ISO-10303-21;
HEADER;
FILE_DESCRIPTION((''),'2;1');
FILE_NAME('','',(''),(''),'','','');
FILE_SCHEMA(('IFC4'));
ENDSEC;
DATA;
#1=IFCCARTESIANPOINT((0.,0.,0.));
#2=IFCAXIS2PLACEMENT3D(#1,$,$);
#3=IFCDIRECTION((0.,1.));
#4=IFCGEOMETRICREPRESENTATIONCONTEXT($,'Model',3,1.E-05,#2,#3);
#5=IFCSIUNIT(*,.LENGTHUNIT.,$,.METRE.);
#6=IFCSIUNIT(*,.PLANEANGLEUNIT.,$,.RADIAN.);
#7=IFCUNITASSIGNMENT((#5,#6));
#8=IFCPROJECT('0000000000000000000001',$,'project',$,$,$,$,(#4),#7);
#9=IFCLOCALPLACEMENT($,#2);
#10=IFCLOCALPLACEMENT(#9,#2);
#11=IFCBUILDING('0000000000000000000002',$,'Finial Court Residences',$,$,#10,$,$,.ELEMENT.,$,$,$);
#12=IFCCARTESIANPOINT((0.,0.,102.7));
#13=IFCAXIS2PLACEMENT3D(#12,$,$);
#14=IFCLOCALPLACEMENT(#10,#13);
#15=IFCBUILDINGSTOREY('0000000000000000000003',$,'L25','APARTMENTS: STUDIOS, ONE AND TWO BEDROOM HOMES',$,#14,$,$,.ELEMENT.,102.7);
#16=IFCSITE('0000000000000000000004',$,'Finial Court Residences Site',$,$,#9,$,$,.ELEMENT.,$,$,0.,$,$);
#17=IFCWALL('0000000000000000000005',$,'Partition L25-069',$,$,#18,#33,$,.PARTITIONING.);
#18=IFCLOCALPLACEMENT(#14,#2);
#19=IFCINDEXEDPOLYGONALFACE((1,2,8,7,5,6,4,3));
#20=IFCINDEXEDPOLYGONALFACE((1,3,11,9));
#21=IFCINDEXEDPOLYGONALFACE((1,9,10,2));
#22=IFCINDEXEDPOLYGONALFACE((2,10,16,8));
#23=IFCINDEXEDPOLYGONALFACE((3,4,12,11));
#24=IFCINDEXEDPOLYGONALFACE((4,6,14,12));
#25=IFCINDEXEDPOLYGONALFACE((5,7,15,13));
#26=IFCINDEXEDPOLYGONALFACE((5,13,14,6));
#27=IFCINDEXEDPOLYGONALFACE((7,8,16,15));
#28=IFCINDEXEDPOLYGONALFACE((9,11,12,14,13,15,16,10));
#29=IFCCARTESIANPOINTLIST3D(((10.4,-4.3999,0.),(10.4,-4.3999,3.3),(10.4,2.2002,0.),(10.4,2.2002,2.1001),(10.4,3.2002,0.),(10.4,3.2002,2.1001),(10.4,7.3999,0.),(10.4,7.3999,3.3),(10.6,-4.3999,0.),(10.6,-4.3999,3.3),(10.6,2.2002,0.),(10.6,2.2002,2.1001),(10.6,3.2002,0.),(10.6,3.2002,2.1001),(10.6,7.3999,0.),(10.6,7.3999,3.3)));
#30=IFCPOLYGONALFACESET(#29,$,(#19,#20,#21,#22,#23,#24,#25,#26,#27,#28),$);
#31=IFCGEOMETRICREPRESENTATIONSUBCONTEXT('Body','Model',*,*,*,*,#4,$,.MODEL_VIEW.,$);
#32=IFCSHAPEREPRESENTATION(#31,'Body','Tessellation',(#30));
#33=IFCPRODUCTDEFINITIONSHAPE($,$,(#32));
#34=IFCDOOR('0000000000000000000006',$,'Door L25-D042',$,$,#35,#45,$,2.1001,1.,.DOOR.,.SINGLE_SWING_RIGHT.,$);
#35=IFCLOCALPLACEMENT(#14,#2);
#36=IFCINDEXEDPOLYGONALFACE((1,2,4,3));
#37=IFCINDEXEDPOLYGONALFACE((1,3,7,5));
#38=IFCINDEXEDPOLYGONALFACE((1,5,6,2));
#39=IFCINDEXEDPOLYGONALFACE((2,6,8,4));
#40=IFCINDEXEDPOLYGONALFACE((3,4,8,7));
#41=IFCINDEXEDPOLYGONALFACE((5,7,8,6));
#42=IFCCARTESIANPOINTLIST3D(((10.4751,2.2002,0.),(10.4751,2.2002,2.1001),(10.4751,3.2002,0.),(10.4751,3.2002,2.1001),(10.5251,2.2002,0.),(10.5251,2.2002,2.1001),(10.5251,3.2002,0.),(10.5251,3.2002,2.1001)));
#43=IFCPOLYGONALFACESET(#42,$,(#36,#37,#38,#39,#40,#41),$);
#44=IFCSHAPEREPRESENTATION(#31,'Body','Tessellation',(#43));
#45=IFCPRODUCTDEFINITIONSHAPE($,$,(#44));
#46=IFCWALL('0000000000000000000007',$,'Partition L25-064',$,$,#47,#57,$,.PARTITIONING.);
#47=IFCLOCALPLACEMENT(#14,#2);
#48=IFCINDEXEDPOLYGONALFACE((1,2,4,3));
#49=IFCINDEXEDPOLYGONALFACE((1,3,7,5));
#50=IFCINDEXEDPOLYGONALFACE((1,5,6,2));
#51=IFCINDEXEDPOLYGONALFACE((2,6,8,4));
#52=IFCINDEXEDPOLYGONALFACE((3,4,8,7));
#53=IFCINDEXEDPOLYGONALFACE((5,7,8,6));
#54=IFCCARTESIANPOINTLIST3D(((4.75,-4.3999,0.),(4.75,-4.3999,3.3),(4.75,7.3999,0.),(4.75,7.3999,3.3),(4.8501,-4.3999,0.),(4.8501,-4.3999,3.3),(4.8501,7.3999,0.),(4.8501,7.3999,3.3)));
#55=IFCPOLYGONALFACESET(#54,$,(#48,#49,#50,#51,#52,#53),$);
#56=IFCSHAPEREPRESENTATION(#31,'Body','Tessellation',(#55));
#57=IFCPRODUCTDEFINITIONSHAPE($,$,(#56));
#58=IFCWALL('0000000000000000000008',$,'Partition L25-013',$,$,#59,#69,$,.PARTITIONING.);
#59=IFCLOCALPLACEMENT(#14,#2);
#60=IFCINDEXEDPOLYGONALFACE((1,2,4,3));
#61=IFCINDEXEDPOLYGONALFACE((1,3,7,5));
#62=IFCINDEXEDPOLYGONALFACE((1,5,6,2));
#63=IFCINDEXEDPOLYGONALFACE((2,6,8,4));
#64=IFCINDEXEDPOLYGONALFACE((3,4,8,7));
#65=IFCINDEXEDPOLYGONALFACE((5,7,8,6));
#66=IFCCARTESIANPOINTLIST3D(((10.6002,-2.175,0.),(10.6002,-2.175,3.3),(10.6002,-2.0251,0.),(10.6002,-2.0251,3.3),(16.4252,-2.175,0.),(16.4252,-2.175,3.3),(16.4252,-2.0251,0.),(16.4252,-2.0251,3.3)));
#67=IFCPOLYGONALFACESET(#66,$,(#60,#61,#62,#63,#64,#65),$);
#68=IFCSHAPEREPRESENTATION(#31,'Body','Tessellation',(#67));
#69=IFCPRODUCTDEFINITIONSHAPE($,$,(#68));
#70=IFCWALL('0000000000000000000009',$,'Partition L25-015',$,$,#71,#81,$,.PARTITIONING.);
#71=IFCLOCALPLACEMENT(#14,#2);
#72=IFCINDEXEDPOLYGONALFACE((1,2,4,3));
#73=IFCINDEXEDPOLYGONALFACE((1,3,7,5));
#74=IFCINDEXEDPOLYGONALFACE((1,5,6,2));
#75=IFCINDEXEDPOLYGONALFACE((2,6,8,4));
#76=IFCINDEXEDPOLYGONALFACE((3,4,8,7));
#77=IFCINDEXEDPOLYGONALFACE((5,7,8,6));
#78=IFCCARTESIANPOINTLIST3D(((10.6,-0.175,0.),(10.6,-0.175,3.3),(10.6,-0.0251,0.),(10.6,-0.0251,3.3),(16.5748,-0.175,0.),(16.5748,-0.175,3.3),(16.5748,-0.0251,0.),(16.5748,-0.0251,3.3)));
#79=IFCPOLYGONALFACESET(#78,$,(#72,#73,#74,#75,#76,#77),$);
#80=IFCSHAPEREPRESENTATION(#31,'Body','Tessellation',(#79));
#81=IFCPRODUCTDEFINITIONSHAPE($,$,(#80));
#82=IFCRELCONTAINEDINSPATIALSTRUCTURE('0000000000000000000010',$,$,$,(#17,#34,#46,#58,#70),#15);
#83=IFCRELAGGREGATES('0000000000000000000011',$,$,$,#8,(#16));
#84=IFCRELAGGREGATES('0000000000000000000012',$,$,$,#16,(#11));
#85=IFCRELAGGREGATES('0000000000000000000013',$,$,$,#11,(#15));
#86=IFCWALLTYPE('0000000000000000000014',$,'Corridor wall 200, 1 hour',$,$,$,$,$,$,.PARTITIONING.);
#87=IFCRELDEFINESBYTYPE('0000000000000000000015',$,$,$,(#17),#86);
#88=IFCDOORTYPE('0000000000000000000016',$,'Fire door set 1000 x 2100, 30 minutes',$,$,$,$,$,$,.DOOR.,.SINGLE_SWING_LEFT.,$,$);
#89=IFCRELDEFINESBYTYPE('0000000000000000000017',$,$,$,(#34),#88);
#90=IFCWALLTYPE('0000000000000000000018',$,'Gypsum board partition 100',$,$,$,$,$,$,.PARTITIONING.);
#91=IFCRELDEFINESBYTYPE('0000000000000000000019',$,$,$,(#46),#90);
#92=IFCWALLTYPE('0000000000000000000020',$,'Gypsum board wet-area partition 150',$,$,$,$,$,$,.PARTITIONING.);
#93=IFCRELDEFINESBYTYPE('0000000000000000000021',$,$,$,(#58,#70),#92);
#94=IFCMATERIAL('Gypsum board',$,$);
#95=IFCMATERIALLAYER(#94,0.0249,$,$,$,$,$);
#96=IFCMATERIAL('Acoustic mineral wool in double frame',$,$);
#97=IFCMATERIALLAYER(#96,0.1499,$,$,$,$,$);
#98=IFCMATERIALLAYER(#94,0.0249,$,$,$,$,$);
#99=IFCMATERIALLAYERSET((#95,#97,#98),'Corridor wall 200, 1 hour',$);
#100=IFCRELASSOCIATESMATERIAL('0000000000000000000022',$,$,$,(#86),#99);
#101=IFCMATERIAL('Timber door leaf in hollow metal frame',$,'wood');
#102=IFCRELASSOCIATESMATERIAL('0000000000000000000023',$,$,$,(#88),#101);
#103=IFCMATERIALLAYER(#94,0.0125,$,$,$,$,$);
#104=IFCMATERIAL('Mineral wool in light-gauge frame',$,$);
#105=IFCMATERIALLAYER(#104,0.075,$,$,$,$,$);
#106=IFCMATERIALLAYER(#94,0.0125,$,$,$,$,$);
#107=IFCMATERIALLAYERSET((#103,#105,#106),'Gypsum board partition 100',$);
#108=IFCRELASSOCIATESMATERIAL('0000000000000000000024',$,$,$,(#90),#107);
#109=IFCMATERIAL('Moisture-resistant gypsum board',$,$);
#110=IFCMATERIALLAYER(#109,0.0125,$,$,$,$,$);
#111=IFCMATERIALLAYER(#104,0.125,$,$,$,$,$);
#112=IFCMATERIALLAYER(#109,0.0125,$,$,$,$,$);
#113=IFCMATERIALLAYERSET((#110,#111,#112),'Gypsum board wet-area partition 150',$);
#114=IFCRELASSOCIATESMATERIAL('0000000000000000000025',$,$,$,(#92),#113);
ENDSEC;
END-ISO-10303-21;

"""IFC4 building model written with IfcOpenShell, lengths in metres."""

from ifc_helpers import new_model, si_unit, direction, frame, frame_2d, origin, place, context, subcontext, project, spatial, rectangle, extrude, material, layer, layer_set, type_object, element, fill, save


model = new_model("IFC4")

# Units and contexts
model_context = context("Model", 3, precision=1e-05, world=origin(), true_north=direction((0.0, 1.0)))
body_context = subcontext(model_context, "Body", "Model", "MODEL_VIEW")
ifc_project = project(units=[si_unit("LENGTHUNIT", "METRE"), si_unit("PLANEANGLEUNIT", "RADIAN")], contexts=[model_context])

# Site, building, storey
site_placement = place(None, origin())
site = spatial("IfcSite", under=ifc_project, at=site_placement, Name="Finial Court Residences Site", CompositionType="ELEMENT", RefElevation=0.0)
building_placement = place(site_placement, origin())
building = spatial("IfcBuilding", under=site, at=building_placement, Name="Finial Court Residences", CompositionType="ELEMENT")
storey_placement = place(building_placement, frame((0.0, 0.0, 102.7)))
storey = spatial("IfcBuildingStorey", under=building, at=storey_placement, Name="L25", Description="APARTMENTS: STUDIOS, ONE AND TWO BEDROOM HOMES", CompositionType="ELEMENT", Elevation=102.7)

# Shared definitions
ifc_material_1 = material(Name="Gypsum board")
ifc_layer_1 = layer(ifc_material_1, 0.0249)
ifc_material_2 = material(Name="Acoustic mineral wool in double frame")
ifc_layer_2 = layer(ifc_material_2, 0.1499)
ifc_layer_3 = layer(ifc_material_1, 0.0249)
ifc_layer_set_1 = layer_set([ifc_layer_1, ifc_layer_2, ifc_layer_3], Name="Corridor wall 200, 1 hour")
wall_type_1 = type_object("IfcWallType", Name="Corridor wall 200, 1 hour", PredefinedType="PARTITIONING", material=ifc_layer_set_1)
ifc_material_3 = material(Name="Timber door leaf in hollow metal frame", Category="wood")
door_type_1 = type_object("IfcDoorType", Name="Fire door set 1000 x 2100, 30 minutes", OperationType="SINGLE_SWING_LEFT", PredefinedType="DOOR", material=ifc_material_3)

# Wall, opening, door
wall_1_placement = place(storey_placement, frame((10.5, -4.3999, 0.0), z_axis=(0.0, 0.0, 1.0), x_axis=(0.0, 1.0, 0.0)))
wall_1 = element("IfcWall", 1, at=wall_1_placement, inside=storey, type_object=wall_type_1, Name="Partition L25-069", PredefinedType="PARTITIONING", context=body_context, shape_type="SweptSolid", body=[
    extrude(rectangle(XDim=11.7998, YDim=0.2, at=frame_2d((5.8999, 0.0))), origin(), (0.0, 0.0, 1.0), 3.3),
])
opening_1_placement = place(wall_1_placement, frame((6.6001, 0.0, 0.0)))
opening_1 = element("IfcOpeningElement", 2, at=opening_1_placement, cuts=wall_1, PredefinedType="OPENING", context=body_context, shape_type="SweptSolid", body=[
    extrude(rectangle(XDim=1.0, YDim=2.1001, at=frame_2d((0.5, 1.05))), frame((0.0, 0.1099, 0.0), z_axis=(0.0, -1.0, 0.0), x_axis=(1.0, 0.0, 0.0)), (0.0, 0.0, 1.0), 0.22),
])
door_1_placement = place(opening_1_placement, origin())
door_1 = element("IfcDoor", 3, at=door_1_placement, inside=storey, type_object=door_type_1, Name="Door L25-D042", OperationType="SINGLE_SWING_RIGHT", OverallHeight=2.1001, OverallWidth=1.0, PredefinedType="DOOR", context=body_context, shape_type="SweptSolid", body=[
    extrude(rectangle(XDim=1.0, YDim=2.1001, at=frame_2d((0.5, 1.05))), frame((0.0, 0.0249, 0.0), z_axis=(0.0, -1.0, 0.0), x_axis=(1.0, 0.0, 0.0)), (0.0, 0.0, 1.0), 0.05),
])
fill(opening_1, door_1)

# Walls
ifc_layer_4 = layer(ifc_material_1, 0.0125)
ifc_material_4 = material(Name="Mineral wool in light-gauge frame")
ifc_layer_5 = layer(ifc_material_4, 0.075)
ifc_layer_6 = layer(ifc_material_1, 0.0125)
ifc_layer_set_2 = layer_set([ifc_layer_4, ifc_layer_5, ifc_layer_6], Name="Gypsum board partition 100")
wall_type_2 = type_object("IfcWallType", Name="Gypsum board partition 100", PredefinedType="PARTITIONING", material=ifc_layer_set_2)
wall_2_placement = place(storey_placement, frame((4.8, -4.3999, 0.0), z_axis=(0.0, 0.0, 1.0), x_axis=(0.0, 1.0, 0.0)))
element("IfcWall", 4, at=wall_2_placement, inside=storey, type_object=wall_type_2, Name="Partition L25-064", PredefinedType="PARTITIONING", context=body_context, shape_type="SweptSolid", body=[
    extrude(rectangle(XDim=11.7998, YDim=0.1001, at=frame_2d((5.8999, 0.0))), origin(), (0.0, 0.0, 1.0), 3.3),
])
ifc_material_5 = material(Name="Moisture-resistant gypsum board")
ifc_layer_7 = layer(ifc_material_5, 0.0125)
ifc_layer_8 = layer(ifc_material_4, 0.125)
ifc_layer_9 = layer(ifc_material_5, 0.0125)
ifc_layer_set_3 = layer_set([ifc_layer_7, ifc_layer_8, ifc_layer_9], Name="Gypsum board wet-area partition 150")
wall_type_3 = type_object("IfcWallType", Name="Gypsum board wet-area partition 150", PredefinedType="PARTITIONING", material=ifc_layer_set_3)
wall_3_placement = place(storey_placement, frame((10.6001, -2.1001, 0.0), z_axis=(0.0, 0.0, 1.0), x_axis=(1.0, 0.0, 0.0)))
element("IfcWall", 5, at=wall_3_placement, inside=storey, type_object=wall_type_3, Name="Partition L25-013", PredefinedType="PARTITIONING", context=body_context, shape_type="SweptSolid", body=[
    extrude(rectangle(XDim=5.825, YDim=0.1499, at=frame_2d((2.9126, 0.0))), origin(), (0.0, 0.0, 1.0), 3.3),
])
wall_4_placement = place(storey_placement, frame((10.6001, -0.1001, 0.0), z_axis=(0.0, 0.0, 1.0), x_axis=(1.0, 0.0, 0.0)))
element("IfcWall", 6, at=wall_4_placement, inside=storey, type_object=wall_type_3, Name="Partition L25-015", PredefinedType="PARTITIONING", context=body_context, shape_type="SweptSolid", body=[
    extrude(rectangle(XDim=5.9749, YDim=0.1499, at=frame_2d((2.9873, 0.0))), origin(), (0.0, 0.0, 1.0), 3.3),
])

save(model, "model.ifc")
